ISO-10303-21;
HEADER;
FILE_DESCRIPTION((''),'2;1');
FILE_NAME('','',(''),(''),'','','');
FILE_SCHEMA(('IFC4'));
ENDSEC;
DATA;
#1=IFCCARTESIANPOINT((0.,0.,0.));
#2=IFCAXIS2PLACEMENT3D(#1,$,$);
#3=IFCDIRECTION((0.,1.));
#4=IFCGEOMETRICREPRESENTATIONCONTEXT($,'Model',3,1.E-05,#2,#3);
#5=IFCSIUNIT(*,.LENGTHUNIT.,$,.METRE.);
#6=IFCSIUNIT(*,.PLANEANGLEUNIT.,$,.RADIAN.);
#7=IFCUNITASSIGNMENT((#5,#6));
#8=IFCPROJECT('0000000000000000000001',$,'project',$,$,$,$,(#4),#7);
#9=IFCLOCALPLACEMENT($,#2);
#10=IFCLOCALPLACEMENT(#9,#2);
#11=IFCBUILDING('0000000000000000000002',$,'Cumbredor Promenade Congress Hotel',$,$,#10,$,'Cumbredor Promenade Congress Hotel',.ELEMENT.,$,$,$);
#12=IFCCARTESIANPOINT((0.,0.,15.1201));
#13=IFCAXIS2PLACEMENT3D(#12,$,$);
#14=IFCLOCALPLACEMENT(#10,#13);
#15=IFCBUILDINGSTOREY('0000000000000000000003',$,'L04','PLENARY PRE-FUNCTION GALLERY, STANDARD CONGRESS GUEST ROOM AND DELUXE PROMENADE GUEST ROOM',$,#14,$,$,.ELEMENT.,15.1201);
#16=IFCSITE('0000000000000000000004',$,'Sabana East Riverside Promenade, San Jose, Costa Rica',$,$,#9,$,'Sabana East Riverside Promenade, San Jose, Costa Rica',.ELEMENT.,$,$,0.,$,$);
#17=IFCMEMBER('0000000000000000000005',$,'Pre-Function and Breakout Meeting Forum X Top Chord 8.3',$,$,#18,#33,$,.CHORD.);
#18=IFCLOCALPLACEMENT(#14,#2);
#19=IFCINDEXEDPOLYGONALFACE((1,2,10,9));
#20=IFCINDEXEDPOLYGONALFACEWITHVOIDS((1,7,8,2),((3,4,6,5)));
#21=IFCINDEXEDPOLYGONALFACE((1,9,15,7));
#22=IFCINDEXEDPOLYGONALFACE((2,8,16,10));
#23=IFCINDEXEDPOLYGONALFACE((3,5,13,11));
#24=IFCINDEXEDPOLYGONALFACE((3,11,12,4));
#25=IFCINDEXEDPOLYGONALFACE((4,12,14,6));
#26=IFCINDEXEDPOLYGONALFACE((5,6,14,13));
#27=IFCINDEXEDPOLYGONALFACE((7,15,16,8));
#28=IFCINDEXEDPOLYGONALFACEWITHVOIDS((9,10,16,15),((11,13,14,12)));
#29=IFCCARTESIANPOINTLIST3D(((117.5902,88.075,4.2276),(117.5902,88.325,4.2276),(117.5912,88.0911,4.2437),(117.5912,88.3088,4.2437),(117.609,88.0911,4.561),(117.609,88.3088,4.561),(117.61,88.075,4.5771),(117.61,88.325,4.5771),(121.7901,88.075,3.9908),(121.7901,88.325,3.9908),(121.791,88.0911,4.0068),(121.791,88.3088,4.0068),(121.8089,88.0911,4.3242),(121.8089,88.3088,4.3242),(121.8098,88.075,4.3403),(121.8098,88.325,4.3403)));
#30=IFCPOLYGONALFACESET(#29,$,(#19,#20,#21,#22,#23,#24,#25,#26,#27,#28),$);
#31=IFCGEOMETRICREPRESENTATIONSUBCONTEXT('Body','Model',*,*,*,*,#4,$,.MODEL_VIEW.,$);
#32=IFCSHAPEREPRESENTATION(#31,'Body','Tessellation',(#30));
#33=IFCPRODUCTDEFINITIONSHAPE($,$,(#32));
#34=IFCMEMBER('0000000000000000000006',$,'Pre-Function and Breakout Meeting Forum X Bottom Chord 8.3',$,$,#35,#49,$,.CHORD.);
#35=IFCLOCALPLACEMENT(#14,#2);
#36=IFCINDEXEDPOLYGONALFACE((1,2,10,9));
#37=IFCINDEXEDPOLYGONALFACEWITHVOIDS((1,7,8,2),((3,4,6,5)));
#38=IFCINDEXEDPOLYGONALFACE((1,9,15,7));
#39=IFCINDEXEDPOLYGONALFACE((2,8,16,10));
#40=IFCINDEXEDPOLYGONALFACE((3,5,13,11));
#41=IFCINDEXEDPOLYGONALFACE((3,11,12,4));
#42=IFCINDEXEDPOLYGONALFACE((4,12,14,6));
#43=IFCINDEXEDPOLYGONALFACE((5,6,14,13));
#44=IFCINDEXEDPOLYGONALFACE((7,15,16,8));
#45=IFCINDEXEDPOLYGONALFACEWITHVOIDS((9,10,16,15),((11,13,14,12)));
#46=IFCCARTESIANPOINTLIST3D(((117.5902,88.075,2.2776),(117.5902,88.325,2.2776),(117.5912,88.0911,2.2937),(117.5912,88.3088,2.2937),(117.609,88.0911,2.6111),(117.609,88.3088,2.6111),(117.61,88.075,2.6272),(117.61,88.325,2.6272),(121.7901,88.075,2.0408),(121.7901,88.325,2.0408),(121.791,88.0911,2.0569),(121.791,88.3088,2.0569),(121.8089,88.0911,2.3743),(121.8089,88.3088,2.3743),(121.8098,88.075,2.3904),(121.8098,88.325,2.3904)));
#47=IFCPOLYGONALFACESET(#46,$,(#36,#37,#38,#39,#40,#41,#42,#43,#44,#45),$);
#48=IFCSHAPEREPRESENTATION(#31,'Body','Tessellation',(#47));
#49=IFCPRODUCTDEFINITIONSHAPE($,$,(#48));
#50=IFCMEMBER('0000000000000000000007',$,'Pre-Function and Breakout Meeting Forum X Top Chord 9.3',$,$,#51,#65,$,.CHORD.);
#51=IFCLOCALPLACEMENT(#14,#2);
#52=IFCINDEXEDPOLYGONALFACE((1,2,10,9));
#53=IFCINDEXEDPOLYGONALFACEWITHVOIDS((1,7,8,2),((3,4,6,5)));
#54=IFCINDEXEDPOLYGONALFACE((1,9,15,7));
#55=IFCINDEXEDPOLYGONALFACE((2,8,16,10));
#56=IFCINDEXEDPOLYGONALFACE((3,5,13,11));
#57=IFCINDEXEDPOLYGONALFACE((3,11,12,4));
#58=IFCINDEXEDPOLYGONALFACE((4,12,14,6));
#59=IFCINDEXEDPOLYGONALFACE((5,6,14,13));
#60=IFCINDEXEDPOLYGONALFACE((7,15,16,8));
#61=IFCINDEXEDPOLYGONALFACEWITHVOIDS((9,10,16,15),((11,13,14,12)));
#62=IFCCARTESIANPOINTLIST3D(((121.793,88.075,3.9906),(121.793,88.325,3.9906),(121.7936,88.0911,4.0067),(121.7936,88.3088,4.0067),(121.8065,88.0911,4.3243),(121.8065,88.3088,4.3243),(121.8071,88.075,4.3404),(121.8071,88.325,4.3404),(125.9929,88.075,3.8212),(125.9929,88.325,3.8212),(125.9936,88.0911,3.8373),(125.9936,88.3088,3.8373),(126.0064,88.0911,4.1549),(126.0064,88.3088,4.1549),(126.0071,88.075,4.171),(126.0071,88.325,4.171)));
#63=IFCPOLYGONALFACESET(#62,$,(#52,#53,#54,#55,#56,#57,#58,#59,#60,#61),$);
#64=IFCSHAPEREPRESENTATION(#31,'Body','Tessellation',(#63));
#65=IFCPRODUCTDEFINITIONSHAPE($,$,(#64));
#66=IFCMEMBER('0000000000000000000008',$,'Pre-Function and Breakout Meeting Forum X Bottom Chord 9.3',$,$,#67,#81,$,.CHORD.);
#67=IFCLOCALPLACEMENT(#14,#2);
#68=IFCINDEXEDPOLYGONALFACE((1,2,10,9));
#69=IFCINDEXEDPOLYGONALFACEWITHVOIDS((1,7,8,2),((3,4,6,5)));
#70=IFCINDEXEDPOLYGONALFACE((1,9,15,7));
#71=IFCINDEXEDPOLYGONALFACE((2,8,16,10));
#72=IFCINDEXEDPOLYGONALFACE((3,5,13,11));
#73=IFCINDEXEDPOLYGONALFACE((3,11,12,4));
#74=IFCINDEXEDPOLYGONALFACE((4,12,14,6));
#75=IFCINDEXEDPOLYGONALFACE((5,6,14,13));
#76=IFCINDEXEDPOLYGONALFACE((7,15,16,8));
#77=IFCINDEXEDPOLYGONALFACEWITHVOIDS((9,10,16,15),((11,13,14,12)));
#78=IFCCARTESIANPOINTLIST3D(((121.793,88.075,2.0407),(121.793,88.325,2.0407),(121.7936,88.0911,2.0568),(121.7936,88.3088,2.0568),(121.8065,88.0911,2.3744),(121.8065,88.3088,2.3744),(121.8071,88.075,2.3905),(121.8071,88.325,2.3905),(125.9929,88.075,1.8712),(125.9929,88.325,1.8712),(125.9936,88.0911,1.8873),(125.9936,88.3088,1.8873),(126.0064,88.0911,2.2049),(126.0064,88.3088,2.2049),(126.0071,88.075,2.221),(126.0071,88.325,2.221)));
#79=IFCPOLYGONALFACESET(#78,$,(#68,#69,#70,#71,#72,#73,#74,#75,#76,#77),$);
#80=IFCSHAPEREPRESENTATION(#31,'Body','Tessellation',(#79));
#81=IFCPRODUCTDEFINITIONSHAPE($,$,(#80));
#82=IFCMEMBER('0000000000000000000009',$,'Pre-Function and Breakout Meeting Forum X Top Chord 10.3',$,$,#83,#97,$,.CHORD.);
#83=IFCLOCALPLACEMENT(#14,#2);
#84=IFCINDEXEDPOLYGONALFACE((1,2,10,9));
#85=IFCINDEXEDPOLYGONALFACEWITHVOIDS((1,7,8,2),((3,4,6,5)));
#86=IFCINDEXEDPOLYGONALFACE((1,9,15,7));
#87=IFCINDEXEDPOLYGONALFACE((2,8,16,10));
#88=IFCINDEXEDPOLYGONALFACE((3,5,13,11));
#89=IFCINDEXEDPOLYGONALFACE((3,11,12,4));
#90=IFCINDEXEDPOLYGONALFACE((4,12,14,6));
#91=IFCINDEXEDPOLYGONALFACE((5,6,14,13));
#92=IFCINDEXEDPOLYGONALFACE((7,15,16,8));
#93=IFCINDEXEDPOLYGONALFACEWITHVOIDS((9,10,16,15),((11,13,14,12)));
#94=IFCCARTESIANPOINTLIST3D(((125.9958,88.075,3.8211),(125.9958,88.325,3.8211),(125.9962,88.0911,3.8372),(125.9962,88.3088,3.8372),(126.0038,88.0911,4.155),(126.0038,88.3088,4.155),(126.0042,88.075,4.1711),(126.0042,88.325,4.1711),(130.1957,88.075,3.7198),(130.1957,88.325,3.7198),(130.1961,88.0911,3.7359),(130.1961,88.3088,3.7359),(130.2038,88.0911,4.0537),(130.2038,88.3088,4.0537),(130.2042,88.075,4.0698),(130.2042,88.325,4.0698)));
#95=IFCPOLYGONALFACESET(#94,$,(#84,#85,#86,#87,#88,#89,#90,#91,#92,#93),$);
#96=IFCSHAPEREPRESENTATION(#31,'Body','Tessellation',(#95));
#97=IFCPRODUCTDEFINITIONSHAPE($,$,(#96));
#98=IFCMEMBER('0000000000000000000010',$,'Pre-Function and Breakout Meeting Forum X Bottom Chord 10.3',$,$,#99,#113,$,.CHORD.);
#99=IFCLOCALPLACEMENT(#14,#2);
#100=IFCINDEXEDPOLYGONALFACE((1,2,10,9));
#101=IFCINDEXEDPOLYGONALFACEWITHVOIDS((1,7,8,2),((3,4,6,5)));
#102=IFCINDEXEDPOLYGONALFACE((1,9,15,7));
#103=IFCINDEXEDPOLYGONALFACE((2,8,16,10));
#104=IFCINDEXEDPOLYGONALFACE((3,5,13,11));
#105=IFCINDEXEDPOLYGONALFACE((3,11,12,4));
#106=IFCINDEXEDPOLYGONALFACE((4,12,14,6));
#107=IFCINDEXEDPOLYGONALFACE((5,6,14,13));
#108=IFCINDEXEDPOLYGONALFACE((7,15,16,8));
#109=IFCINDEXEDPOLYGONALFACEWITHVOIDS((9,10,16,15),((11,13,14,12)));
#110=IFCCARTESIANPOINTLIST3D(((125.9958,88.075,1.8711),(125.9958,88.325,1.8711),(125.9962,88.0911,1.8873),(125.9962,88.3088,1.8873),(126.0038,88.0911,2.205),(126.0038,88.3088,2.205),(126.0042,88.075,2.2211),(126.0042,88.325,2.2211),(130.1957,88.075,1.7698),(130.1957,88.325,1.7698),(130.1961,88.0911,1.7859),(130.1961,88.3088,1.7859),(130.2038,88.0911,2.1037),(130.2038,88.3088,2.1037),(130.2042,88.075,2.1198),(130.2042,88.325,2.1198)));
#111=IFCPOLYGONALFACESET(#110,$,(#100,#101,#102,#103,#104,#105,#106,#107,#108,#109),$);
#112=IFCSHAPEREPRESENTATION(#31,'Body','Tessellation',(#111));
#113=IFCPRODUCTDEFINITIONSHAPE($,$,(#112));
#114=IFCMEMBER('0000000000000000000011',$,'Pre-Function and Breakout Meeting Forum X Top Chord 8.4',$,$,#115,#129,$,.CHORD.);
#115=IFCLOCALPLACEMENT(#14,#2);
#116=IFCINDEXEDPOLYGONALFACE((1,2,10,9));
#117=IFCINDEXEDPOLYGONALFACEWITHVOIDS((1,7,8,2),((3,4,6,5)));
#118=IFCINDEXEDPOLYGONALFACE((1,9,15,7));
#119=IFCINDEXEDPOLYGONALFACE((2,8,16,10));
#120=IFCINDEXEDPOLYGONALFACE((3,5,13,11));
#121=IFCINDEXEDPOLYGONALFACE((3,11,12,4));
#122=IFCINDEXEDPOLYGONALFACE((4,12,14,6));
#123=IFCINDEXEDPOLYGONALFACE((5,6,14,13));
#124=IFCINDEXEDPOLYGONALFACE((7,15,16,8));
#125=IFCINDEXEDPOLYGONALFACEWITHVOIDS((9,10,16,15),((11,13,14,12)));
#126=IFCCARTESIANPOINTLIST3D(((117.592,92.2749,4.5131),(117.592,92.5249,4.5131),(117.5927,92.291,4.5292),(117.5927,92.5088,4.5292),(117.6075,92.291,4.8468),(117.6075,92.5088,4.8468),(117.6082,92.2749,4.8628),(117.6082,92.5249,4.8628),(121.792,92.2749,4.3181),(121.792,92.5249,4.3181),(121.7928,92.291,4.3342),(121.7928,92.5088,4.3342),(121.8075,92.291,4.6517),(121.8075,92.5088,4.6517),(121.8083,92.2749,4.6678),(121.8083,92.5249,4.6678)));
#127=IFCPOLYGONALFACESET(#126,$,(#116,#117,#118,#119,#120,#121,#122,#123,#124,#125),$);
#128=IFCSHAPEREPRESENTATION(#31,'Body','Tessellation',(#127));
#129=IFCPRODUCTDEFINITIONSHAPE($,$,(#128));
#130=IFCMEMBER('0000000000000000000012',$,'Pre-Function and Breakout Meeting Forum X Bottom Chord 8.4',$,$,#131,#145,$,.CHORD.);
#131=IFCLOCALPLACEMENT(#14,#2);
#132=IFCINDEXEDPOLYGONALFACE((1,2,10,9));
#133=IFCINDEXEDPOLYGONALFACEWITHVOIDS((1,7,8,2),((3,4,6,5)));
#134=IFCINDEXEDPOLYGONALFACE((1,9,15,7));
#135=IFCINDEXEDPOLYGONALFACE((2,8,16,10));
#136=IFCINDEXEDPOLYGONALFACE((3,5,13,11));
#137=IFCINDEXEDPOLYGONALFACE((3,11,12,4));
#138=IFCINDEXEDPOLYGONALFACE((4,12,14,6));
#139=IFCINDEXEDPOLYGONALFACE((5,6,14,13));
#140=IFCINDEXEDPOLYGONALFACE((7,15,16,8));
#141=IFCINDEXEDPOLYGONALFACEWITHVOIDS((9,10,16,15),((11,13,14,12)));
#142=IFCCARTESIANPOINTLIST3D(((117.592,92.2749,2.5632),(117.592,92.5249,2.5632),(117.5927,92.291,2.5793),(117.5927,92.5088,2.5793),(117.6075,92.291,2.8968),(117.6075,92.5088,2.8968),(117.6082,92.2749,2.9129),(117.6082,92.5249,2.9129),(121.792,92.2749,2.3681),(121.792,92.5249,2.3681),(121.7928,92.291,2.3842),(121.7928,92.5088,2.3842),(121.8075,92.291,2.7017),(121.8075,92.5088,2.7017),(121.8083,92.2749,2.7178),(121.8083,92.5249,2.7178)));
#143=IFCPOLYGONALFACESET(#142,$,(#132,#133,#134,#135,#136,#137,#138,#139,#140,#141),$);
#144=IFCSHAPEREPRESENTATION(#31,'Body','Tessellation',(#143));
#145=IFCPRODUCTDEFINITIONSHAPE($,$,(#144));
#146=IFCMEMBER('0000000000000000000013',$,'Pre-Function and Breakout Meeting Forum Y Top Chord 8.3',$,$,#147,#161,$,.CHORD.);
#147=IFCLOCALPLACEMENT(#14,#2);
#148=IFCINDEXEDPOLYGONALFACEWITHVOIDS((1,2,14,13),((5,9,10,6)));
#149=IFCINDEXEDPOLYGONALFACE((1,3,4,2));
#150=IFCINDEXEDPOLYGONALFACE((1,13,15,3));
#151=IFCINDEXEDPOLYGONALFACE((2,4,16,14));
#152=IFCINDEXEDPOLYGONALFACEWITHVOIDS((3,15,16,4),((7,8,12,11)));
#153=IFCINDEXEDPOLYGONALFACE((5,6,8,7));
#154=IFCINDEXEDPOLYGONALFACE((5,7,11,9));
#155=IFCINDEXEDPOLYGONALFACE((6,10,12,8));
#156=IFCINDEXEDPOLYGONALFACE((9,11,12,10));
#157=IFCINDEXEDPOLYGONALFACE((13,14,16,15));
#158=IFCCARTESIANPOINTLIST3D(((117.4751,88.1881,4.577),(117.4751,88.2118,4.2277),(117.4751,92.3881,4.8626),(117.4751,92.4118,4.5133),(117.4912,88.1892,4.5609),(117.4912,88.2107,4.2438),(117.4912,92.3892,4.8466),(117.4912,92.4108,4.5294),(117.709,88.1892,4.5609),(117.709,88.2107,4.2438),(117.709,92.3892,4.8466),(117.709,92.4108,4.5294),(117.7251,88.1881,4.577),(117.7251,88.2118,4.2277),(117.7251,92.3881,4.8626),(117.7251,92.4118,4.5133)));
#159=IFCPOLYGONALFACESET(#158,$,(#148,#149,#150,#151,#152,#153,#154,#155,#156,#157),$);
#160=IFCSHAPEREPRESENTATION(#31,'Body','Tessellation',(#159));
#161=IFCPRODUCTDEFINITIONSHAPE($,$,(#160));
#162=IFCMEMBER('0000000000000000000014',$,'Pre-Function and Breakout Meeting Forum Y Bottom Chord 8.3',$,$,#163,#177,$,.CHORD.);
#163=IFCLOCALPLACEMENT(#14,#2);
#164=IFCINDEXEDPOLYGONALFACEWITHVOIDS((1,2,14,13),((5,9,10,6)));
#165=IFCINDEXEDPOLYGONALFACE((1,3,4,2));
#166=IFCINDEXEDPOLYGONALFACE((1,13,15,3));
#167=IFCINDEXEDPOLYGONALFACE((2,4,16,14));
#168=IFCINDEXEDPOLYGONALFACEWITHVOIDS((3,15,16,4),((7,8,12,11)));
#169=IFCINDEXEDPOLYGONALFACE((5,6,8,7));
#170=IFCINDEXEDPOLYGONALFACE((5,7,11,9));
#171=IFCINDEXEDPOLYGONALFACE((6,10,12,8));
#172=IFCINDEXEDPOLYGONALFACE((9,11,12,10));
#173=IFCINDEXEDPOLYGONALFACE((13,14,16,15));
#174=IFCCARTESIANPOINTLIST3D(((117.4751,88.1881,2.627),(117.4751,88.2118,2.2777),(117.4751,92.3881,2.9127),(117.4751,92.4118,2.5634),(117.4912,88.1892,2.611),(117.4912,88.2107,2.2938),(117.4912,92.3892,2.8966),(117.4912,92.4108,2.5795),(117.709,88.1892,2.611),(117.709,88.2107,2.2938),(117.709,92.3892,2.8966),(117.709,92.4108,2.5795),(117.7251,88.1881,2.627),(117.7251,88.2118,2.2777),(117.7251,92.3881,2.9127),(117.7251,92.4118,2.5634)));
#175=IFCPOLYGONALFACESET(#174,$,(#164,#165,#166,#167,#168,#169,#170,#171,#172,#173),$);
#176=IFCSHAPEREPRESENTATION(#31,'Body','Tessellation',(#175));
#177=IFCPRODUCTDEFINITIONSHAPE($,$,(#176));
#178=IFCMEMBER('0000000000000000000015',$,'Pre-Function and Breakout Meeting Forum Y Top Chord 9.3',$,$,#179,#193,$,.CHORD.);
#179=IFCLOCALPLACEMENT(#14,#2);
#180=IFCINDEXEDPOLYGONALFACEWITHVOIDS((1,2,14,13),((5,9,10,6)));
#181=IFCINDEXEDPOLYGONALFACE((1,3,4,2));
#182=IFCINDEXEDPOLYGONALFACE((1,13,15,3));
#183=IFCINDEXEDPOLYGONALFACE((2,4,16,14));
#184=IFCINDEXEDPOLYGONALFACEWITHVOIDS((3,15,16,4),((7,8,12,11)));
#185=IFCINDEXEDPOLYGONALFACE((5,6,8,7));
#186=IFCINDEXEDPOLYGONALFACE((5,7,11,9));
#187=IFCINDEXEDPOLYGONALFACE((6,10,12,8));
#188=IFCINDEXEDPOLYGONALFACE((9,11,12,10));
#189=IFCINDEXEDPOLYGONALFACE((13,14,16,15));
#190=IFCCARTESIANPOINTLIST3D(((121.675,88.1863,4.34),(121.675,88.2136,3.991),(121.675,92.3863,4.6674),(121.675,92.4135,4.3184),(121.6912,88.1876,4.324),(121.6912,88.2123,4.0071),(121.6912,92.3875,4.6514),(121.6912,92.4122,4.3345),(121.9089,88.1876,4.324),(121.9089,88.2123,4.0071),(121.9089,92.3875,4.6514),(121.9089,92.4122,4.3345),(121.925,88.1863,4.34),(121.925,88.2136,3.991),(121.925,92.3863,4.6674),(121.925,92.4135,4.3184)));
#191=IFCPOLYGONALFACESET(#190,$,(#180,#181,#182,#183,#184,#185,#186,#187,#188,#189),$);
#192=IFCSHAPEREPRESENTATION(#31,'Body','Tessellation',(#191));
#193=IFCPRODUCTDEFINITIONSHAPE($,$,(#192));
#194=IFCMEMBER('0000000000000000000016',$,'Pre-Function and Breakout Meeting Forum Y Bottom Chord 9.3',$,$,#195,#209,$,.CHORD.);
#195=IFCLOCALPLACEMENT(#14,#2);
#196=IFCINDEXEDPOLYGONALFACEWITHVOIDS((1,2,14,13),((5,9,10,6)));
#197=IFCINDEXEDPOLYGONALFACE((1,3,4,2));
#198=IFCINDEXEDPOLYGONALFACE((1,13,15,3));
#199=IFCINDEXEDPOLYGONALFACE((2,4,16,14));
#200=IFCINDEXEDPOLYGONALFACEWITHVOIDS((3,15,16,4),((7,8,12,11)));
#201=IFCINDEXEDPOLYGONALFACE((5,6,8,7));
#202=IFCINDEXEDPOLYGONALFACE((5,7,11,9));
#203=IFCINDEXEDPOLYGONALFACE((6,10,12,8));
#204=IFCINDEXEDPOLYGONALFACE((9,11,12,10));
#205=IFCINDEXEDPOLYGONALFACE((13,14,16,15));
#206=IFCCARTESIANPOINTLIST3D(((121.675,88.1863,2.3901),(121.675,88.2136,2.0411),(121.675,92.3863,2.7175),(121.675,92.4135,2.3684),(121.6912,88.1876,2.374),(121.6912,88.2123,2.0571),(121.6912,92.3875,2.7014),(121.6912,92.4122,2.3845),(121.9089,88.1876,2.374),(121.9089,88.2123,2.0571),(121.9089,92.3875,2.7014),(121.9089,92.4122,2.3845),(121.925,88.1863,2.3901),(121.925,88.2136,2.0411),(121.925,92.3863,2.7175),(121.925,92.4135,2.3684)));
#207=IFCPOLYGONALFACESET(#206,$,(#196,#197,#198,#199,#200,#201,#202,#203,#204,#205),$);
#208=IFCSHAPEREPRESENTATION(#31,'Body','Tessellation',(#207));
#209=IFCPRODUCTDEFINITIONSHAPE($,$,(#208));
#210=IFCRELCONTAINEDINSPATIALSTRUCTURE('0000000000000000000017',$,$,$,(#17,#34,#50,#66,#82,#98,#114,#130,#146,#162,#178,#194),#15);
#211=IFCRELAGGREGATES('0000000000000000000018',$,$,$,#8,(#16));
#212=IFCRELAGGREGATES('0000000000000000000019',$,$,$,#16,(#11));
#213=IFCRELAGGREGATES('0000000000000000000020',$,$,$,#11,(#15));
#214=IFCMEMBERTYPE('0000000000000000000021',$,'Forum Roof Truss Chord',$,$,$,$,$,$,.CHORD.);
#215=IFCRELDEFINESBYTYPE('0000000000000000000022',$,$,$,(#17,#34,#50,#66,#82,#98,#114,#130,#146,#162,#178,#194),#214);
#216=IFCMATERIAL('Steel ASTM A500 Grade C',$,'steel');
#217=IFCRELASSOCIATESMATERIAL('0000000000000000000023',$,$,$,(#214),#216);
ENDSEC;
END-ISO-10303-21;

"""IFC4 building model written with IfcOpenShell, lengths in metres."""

from ifc_helpers import new_model, si_unit, direction, frame, origin, origin_2d, place, context, subcontext, project, spatial, hollow_rectangle, extrude, material, material_profile, profile_set, type_object, element, save


model = new_model("IFC4")

# Units and contexts
model_context = context("Model", 3, precision=1e-05, world=origin(), true_north=direction((0.0, 1.0)))
body_context = subcontext(model_context, "Body", "Model", "MODEL_VIEW")
ifc_project = project(units=[si_unit("LENGTHUNIT", "METRE"), si_unit("PLANEANGLEUNIT", "RADIAN")], contexts=[model_context])

# Site, building, storey
site_placement = place(None, origin())
site = spatial("IfcSite", under=ifc_project, at=site_placement, Name="Sabana East Riverside Promenade, San Jose, Costa Rica", LongName="Sabana East Riverside Promenade, San Jose, Costa Rica", CompositionType="ELEMENT", RefElevation=0.0)
building_placement = place(site_placement, origin())
building = spatial("IfcBuilding", under=site, at=building_placement, Name="Cumbredor Promenade Congress Hotel", LongName="Cumbredor Promenade Congress Hotel", CompositionType="ELEMENT")
storey_placement = place(building_placement, frame((0.0, 0.0, 15.1201)))
storey = spatial("IfcBuildingStorey", under=building, at=storey_placement, Name="L04", Description="PLENARY PRE-FUNCTION GALLERY, STANDARD CONGRESS GUEST ROOM AND DELUXE PROMENADE GUEST ROOM", CompositionType="ELEMENT", Elevation=15.1201)

# Members
ifc_material_1 = material(Name="Steel ASTM A500 Grade C", Category="steel")
ifc_material_profile_1 = material_profile(ifc_material_1, hollow_rectangle(XDim=0.25, YDim=0.3501, WallThickness=0.0161, at=origin_2d()), Name="HSS 350x250x16")
ifc_profile_set_1 = profile_set([ifc_material_profile_1], Name="Steel ASTM A500 Grade C")
member_type_1 = type_object("IfcMemberType", Name="Forum Roof Truss Chord", PredefinedType="CHORD", material=ifc_profile_set_1)
for number, where, z_axis, x_axis, name in (
    (1, (117.6001, 88.2, 4.4023), (0.998414, 0.0, -0.056296), (0.0, 1.0, 0.0), "Pre-Function and Breakout Meeting Forum X Top Chord 8.3"),
    (2, (117.6001, 88.2, 2.4524), (0.998414, 0.0, -0.056296), (0.0, 1.0, 0.0), "Pre-Function and Breakout Meeting Forum X Bottom Chord 8.3"),
):
    element("IfcMember", number, at=place(storey_placement, frame(where, z_axis=z_axis, x_axis=x_axis)), inside=storey, type_object=member_type_1, Name=name, PredefinedType="CHORD", context=body_context, shape_type="SweptSolid", body=[
        extrude(hollow_rectangle(XDim=0.25, YDim=0.3501, WallThickness=0.0161, at=origin_2d()), origin(), (0.0, 0.0, 1.0), 4.2065),
    ])
for number, where, z_axis, x_axis, name in (
    (3, (121.8, 88.2, 4.1655), (0.999187, 0.0, -0.040309), (0.0, 1.0, 0.0), "Pre-Function and Breakout Meeting Forum X Top Chord 9.3"),
    (4, (121.8, 88.2, 2.2156), (0.999187, 0.0, -0.040309), (0.0, 1.0, 0.0), "Pre-Function and Breakout Meeting Forum X Bottom Chord 9.3"),
):
    element("IfcMember", number, at=place(storey_placement, frame(where, z_axis=z_axis, x_axis=x_axis)), inside=storey, type_object=member_type_1, Name=name, PredefinedType="CHORD", context=body_context, shape_type="SweptSolid", body=[
        extrude(hollow_rectangle(XDim=0.25, YDim=0.3501, WallThickness=0.0161, at=origin_2d()), origin(), (0.0, 0.0, 1.0), 4.2034),
    ])
for number, where, z_axis, x_axis, name in (
    (5, (126.0, 88.2, 3.9961), (0.999709, 0.0, -0.024117), (0.0, 1.0, 0.0), "Pre-Function and Breakout Meeting Forum X Top Chord 10.3"),
    (6, (126.0, 88.2, 2.0461), (0.999709, 0.0, -0.024117), (0.0, 1.0, 0.0), "Pre-Function and Breakout Meeting Forum X Bottom Chord 10.3"),
):
    element("IfcMember", number, at=place(storey_placement, frame(where, z_axis=z_axis, x_axis=x_axis)), inside=storey, type_object=member_type_1, Name=name, PredefinedType="CHORD", context=body_context, shape_type="SweptSolid", body=[
        extrude(hollow_rectangle(XDim=0.25, YDim=0.3501, WallThickness=0.0161, at=origin_2d()), origin(), (0.0, 0.0, 1.0), 4.2012),
    ])
for number, where, z_axis, x_axis, name in (
    (7, (117.6001, 92.3999, 4.688), (0.998923, 0.0, -0.046395), (0.0, 1.0, 0.0), "Pre-Function and Breakout Meeting Forum X Top Chord 8.4"),
    (8, (117.6001, 92.3999, 2.738), (0.998923, 0.0, -0.046395), (0.0, 1.0, 0.0), "Pre-Function and Breakout Meeting Forum X Bottom Chord 8.4"),
):
    element("IfcMember", number, at=place(storey_placement, frame(where, z_axis=z_axis, x_axis=x_axis)), inside=storey, type_object=member_type_1, Name=name, PredefinedType="CHORD", context=body_context, shape_type="SweptSolid", body=[
        extrude(hollow_rectangle(XDim=0.25, YDim=0.3501, WallThickness=0.0161, at=origin_2d()), origin(), (0.0, 0.0, 1.0), 4.2046),
    ])
for number, where, z_axis, x_axis, name in (
    (9, (117.6001, 88.2, 4.4023), (0.0, 0.997695, 0.067855), (-1.0, 0.0, 0.0), "Pre-Function and Breakout Meeting Forum Y Top Chord 8.3"),
    (10, (117.6001, 88.2, 2.4524), (0.0, 0.997695, 0.067855), (-1.0, 0.0, 0.0), "Pre-Function and Breakout Meeting Forum Y Bottom Chord 8.3"),
):
    element("IfcMember", number, at=place(storey_placement, frame(where, z_axis=z_axis, x_axis=x_axis)), inside=storey, type_object=member_type_1, Name=name, PredefinedType="CHORD", context=body_context, shape_type="SweptSolid", body=[
        extrude(hollow_rectangle(XDim=0.25, YDim=0.3501, WallThickness=0.0161, at=origin_2d()), origin(), (0.0, 0.0, 1.0), 4.2097),
    ])
for number, where, z_axis, x_axis, name in (
    (11, (121.8, 88.2, 4.1655), (0.0, 0.996976, 0.077716), (-1.0, 0.0, 0.0), "Pre-Function and Breakout Meeting Forum Y Top Chord 9.3"),
    (12, (121.8, 88.2, 2.2156), (0.0, 0.996976, 0.077716), (-1.0, 0.0, 0.0), "Pre-Function and Breakout Meeting Forum Y Bottom Chord 9.3"),
):
    element("IfcMember", number, at=place(storey_placement, frame(where, z_axis=z_axis, x_axis=x_axis)), inside=storey, type_object=member_type_1, Name=name, PredefinedType="CHORD", context=body_context, shape_type="SweptSolid", body=[
        extrude(hollow_rectangle(XDim=0.25, YDim=0.3501, WallThickness=0.0161, at=origin_2d()), origin(), (0.0, 0.0, 1.0), 4.2126),
    ])

save(model, "model.ifc")
